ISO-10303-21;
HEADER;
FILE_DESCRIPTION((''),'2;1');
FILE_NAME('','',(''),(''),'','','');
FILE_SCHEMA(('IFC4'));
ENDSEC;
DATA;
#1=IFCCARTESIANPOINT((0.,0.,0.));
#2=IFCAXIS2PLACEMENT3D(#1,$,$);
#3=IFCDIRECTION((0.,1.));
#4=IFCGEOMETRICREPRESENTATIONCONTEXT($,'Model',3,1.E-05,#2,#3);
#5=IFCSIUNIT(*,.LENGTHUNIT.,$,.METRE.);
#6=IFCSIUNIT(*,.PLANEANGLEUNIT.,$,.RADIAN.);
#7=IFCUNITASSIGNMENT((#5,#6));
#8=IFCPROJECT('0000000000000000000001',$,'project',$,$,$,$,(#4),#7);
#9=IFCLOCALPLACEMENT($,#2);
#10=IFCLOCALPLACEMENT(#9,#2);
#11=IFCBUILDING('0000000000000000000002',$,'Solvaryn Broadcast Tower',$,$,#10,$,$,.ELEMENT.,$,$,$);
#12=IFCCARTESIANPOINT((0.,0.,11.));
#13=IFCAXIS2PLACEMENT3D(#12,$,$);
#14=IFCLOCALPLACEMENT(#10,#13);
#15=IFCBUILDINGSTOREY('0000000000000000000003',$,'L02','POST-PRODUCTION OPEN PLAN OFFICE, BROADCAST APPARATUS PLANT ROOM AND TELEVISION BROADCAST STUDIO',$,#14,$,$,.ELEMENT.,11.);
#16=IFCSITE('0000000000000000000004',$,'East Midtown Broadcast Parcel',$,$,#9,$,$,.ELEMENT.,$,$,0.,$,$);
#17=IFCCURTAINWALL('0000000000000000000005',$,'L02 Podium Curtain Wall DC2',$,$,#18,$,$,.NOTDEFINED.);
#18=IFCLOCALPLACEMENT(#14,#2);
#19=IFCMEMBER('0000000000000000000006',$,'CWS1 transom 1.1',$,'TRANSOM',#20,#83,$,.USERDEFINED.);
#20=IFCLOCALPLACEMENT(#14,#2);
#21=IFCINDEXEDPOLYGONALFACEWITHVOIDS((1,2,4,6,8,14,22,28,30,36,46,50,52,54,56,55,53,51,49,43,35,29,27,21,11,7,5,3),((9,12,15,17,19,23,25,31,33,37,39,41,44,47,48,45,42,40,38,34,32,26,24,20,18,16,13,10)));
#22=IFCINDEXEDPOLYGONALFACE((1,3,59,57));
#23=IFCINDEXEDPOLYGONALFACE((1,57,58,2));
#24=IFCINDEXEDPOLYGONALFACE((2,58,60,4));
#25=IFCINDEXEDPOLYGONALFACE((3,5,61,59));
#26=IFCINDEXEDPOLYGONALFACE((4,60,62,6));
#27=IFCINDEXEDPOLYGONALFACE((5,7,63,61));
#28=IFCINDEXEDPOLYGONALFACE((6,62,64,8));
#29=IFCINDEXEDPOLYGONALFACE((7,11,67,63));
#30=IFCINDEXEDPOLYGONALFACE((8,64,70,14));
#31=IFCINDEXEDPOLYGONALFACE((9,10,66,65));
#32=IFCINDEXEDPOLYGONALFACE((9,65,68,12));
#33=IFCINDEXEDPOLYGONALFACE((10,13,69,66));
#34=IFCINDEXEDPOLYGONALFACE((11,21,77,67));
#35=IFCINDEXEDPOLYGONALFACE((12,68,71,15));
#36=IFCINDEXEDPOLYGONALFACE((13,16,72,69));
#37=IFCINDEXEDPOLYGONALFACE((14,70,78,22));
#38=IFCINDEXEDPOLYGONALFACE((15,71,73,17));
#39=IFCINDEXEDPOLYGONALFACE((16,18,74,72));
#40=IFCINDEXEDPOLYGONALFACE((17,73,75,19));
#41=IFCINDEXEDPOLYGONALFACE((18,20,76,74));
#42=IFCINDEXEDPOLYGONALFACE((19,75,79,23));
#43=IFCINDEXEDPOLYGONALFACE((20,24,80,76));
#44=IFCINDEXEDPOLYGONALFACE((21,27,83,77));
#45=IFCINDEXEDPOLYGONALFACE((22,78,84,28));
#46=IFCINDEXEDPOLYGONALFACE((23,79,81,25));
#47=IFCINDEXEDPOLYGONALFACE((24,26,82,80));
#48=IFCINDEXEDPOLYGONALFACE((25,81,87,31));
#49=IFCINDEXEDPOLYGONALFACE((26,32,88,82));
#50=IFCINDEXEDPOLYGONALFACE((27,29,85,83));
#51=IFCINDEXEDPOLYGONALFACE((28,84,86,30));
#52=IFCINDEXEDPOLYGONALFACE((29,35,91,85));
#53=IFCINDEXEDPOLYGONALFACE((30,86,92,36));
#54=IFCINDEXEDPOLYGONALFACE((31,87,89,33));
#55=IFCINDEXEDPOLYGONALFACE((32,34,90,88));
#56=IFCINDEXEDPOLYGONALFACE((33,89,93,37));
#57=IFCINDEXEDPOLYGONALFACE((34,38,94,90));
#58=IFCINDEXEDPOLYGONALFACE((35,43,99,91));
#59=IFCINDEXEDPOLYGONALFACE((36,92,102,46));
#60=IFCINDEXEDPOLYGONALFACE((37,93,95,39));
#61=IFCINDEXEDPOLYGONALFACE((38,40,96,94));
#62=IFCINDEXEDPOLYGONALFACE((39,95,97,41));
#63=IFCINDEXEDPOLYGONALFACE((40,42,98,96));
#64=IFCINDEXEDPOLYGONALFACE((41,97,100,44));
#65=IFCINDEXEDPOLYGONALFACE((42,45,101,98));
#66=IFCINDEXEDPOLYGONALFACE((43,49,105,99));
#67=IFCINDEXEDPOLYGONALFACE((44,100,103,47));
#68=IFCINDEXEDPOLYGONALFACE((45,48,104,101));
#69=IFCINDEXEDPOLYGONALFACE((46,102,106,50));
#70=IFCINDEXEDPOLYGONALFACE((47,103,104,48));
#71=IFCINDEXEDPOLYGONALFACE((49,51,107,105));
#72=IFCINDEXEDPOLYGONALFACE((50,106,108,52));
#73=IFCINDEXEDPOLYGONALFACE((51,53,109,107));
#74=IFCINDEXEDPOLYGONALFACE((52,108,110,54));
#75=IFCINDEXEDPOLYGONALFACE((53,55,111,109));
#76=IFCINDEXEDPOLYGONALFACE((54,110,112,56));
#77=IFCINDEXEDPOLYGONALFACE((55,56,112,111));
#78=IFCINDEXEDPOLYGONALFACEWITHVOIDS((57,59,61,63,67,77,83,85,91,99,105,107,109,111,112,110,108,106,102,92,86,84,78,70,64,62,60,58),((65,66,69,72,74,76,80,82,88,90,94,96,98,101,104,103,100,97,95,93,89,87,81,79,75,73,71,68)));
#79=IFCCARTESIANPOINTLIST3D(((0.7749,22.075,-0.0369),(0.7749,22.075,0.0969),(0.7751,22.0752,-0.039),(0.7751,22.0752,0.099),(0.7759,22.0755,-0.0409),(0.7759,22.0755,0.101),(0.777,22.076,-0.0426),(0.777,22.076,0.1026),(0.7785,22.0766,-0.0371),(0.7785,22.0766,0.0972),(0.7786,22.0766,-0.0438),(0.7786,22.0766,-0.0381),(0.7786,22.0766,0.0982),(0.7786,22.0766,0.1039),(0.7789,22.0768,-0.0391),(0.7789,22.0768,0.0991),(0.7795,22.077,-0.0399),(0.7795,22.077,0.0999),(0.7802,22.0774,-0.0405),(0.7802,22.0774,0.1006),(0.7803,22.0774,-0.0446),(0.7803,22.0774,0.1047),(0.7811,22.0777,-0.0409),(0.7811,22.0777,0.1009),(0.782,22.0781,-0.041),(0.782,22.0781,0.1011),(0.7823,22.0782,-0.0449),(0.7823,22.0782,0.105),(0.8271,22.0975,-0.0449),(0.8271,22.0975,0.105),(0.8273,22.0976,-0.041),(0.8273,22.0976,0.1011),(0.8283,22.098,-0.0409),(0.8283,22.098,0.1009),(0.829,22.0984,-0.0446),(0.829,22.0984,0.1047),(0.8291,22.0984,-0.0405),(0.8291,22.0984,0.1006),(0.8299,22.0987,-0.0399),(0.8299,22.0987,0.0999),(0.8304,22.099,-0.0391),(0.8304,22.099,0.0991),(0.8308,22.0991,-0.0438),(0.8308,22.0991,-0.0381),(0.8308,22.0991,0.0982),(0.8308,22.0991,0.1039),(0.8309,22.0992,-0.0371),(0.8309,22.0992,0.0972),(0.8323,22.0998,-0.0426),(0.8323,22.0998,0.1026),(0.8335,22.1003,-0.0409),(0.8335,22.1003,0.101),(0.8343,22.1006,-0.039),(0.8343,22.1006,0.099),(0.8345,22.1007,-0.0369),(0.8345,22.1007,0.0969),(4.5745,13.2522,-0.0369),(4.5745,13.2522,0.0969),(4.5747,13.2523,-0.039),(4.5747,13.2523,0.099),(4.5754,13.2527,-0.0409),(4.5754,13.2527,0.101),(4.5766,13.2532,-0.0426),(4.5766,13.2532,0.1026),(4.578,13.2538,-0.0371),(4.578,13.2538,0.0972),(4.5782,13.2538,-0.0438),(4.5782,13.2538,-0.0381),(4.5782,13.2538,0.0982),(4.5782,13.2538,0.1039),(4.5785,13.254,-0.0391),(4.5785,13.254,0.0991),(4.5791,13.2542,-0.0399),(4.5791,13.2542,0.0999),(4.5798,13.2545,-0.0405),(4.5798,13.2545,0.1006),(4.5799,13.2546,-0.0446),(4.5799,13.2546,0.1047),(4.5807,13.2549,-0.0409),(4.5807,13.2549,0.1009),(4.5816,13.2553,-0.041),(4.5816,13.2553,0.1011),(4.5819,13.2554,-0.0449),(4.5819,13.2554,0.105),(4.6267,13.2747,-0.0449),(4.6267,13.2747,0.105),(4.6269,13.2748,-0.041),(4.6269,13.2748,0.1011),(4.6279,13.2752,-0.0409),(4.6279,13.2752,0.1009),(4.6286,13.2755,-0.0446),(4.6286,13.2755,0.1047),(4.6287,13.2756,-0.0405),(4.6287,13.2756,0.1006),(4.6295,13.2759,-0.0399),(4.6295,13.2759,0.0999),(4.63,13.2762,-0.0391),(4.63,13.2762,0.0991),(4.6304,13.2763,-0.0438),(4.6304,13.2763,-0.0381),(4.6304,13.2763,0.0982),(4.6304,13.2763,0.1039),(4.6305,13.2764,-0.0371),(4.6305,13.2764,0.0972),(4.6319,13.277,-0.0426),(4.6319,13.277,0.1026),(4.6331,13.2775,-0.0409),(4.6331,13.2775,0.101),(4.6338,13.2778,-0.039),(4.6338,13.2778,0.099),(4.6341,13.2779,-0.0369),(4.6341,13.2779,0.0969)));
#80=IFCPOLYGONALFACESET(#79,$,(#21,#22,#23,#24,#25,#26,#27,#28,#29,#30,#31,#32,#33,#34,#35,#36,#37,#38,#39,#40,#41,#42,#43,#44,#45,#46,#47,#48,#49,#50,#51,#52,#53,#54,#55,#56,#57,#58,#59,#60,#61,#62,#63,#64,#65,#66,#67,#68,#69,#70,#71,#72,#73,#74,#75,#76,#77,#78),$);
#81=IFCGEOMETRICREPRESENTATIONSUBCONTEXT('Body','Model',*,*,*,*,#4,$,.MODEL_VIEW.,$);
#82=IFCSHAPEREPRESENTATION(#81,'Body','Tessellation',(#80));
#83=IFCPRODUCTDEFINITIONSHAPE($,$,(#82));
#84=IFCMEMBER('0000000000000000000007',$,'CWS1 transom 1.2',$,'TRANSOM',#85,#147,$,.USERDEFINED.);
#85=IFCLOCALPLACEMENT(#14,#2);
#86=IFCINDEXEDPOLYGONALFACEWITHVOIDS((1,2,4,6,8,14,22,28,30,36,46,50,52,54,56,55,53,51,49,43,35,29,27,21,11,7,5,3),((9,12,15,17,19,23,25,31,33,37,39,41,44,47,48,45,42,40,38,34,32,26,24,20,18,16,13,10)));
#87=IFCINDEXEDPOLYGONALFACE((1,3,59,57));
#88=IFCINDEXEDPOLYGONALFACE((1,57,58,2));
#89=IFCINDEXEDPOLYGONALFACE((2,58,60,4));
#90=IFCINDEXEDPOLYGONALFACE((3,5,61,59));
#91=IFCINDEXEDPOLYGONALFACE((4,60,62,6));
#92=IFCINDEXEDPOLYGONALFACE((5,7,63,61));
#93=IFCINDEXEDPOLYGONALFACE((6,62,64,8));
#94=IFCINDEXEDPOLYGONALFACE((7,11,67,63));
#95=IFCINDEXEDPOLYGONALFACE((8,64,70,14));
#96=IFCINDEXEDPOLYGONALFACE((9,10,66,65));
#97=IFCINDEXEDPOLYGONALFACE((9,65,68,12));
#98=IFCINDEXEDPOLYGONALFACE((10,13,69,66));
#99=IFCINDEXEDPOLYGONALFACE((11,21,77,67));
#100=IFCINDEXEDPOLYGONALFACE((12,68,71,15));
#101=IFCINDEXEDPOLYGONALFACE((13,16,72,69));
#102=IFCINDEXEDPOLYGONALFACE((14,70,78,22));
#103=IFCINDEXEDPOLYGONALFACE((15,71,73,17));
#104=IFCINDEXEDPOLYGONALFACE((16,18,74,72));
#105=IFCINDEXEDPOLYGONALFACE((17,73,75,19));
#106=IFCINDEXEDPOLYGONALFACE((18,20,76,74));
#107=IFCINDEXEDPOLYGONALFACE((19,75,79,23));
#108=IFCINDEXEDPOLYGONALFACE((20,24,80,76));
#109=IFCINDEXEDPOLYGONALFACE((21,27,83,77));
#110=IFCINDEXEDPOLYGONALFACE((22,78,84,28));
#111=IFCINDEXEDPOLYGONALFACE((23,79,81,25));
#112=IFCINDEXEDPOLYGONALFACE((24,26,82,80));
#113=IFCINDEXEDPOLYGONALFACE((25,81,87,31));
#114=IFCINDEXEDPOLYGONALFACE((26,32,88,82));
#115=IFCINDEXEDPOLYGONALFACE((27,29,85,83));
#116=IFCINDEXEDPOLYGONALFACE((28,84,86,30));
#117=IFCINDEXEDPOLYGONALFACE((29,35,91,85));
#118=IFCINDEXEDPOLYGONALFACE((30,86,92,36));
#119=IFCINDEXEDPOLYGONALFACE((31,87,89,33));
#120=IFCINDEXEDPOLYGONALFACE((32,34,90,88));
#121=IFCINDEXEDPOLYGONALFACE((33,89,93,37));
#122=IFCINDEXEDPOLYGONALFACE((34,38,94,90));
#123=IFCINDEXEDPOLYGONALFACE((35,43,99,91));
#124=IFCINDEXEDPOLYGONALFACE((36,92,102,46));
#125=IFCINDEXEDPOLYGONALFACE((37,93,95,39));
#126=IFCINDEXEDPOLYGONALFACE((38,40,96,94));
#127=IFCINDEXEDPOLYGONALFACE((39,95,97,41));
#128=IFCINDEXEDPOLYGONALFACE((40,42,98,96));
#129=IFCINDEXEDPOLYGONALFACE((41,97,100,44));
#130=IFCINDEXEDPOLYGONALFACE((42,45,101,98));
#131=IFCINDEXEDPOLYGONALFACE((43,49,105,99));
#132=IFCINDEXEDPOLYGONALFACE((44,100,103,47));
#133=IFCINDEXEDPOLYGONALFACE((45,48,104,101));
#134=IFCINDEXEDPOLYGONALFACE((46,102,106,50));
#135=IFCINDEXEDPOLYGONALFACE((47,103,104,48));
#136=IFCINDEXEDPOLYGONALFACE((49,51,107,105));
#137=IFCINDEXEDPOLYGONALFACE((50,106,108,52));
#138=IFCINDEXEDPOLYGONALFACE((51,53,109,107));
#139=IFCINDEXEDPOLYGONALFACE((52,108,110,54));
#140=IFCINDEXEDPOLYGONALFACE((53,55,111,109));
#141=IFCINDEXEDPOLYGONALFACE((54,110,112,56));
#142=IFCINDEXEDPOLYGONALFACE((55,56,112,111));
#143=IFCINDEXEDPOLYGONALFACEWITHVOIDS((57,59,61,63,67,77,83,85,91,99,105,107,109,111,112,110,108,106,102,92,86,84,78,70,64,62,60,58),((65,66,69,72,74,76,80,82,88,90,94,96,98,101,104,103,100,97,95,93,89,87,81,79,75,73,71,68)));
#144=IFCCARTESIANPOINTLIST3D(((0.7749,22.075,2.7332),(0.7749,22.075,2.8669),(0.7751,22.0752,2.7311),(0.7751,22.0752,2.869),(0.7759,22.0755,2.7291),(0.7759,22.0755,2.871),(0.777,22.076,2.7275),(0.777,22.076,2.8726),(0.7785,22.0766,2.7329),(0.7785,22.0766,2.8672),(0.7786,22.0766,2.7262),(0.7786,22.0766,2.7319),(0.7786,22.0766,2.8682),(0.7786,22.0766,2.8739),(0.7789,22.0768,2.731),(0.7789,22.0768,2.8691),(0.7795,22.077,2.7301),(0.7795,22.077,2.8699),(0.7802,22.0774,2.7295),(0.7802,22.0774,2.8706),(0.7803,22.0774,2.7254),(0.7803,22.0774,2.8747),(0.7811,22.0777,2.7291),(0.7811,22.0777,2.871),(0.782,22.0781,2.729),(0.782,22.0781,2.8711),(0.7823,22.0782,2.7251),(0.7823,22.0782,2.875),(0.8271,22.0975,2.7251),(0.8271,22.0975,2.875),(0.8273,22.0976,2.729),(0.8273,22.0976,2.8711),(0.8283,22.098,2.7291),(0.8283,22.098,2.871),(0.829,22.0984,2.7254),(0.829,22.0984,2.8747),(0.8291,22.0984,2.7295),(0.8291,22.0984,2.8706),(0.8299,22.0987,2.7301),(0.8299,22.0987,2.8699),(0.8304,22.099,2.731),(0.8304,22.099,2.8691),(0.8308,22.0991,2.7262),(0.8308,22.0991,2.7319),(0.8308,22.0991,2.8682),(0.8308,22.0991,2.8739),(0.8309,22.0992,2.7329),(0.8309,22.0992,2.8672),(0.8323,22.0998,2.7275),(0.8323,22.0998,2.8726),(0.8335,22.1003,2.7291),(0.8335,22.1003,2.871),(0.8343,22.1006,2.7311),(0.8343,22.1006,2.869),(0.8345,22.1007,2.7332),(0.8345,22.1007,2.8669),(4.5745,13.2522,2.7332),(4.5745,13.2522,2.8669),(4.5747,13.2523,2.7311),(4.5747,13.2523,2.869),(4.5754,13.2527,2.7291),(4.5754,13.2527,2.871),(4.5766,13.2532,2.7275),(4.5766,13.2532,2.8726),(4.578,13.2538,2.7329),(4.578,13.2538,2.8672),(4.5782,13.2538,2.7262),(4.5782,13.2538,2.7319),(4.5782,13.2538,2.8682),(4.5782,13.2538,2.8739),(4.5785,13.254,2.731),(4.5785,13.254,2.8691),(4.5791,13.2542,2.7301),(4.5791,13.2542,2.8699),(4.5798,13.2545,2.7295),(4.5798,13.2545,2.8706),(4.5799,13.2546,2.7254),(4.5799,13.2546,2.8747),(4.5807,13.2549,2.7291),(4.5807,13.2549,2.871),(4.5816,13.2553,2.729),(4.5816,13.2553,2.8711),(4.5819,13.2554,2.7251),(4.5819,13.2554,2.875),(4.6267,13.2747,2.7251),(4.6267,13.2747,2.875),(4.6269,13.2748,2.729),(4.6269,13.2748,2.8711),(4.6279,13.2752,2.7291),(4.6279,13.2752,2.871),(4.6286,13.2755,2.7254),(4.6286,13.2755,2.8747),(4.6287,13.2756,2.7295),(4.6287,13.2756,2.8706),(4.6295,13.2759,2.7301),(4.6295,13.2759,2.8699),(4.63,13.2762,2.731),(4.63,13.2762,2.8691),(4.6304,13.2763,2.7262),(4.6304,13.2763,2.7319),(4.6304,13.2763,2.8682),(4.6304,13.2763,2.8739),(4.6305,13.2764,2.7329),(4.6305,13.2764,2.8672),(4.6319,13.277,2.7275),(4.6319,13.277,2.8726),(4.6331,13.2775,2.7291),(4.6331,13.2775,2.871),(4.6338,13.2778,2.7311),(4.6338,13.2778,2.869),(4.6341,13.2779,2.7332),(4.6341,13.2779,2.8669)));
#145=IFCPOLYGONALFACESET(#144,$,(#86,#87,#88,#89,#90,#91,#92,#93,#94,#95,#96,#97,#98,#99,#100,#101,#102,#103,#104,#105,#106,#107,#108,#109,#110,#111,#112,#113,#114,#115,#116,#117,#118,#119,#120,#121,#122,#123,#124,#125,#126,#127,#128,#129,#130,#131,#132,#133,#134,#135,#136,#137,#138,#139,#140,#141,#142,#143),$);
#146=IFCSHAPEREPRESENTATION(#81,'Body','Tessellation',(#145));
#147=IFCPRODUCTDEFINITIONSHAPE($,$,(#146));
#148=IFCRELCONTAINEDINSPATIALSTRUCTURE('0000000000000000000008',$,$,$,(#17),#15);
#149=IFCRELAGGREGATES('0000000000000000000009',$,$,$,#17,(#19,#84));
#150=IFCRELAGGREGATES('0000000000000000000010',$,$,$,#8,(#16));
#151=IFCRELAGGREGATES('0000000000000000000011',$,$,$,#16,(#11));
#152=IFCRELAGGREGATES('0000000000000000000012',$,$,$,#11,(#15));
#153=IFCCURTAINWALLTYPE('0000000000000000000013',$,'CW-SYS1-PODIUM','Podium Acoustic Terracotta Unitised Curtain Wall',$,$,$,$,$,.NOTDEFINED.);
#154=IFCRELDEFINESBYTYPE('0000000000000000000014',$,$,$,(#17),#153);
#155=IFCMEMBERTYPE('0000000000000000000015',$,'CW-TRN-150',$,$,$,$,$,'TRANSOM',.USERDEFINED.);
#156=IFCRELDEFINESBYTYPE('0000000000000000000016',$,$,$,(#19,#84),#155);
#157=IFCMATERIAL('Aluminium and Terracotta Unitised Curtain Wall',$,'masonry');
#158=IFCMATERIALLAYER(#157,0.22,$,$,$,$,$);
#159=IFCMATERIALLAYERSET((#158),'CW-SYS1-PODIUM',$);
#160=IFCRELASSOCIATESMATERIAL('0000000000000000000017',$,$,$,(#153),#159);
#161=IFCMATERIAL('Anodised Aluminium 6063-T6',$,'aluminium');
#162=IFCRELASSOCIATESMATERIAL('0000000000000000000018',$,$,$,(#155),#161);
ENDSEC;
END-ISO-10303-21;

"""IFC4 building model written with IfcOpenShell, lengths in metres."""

from ifc_helpers import new_model, si_unit, direction, frame, origin, origin_2d, place, context, subcontext, project, spatial, hollow_rectangle, extrude, material, layer, layer_set, material_profile, profile_set, type_object, element, aggregate, save


model = new_model("IFC4")

# Units and contexts
model_context = context("Model", 3, precision=1e-05, world=origin(), true_north=direction((0.0, 1.0)))
body_context = subcontext(model_context, "Body", "Model", "MODEL_VIEW")
ifc_project = project(units=[si_unit("LENGTHUNIT", "METRE"), si_unit("PLANEANGLEUNIT", "RADIAN")], contexts=[model_context])

# Site, building, storey
site_placement = place(None, origin())
site = spatial("IfcSite", under=ifc_project, at=site_placement, Name="East Midtown Broadcast Parcel", CompositionType="ELEMENT", RefElevation=0.0)
building_placement = place(site_placement, origin())
building = spatial("IfcBuilding", under=site, at=building_placement, Name="Solvaryn Broadcast Tower", CompositionType="ELEMENT")
storey_placement = place(building_placement, frame((0.0, 0.0, 11.0)))
storey = spatial("IfcBuildingStorey", under=building, at=storey_placement, Name="L02", Description="POST-PRODUCTION OPEN PLAN OFFICE, BROADCAST APPARATUS PLANT ROOM AND TELEVISION BROADCAST STUDIO", CompositionType="ELEMENT", Elevation=11.0)

# Shared definitions
ifc_material_1 = material(Name="Aluminium and Terracotta Unitised Curtain Wall", Category="masonry")
ifc_layer_1 = layer(ifc_material_1, 0.22)
ifc_layer_set_1 = layer_set([ifc_layer_1], Name="CW-SYS1-PODIUM")
curtain_wall_type = type_object("IfcCurtainWallType", Name="CW-SYS1-PODIUM", Description="Podium Acoustic Terracotta Unitised Curtain Wall", PredefinedType="NOTDEFINED", material=ifc_layer_set_1)

# Curtain wall
curtain_wall_1_placement = place(storey_placement, origin())
curtain_wall_1 = element("IfcCurtainWall", 1, at=curtain_wall_1_placement, inside=storey, type_object=curtain_wall_type, Name="L02 Podium Curtain Wall DC2", PredefinedType="NOTDEFINED")

# Members
ifc_material_2 = material(Name="Anodised Aluminium 6063-T6", Category="aluminium")
ifc_material_profile_1 = material_profile(ifc_material_2, hollow_rectangle(XDim=0.0649, YDim=0.1499, WallThickness=0.0039, InnerFilletRadius=0.0039, OuterFilletRadius=0.0081, at=origin_2d()))
ifc_profile_set_1 = profile_set([ifc_material_profile_1], Name="Anodised Aluminium 6063-T6")
member_type_1 = type_object("IfcMemberType", Name="CW-TRN-150", ElementType="TRANSOM", PredefinedType="USERDEFINED", material=ifc_profile_set_1)
member_1_placement = place(storey_placement, frame((0.8047, 22.0879, 0.03), z_axis=(0.395535, -0.918451, 0.0), x_axis=(0.918451, 0.395535, 0.0)))
member_1 = element("IfcMember", 2, at=member_1_placement, type_object=member_type_1, Name="CWS1 transom 1.1", ObjectType="TRANSOM", PredefinedType="USERDEFINED", context=body_context, shape_type="SweptSolid", body=[
    extrude(hollow_rectangle(XDim=0.0649, YDim=0.1499, WallThickness=0.0039, InnerFilletRadius=0.0039, OuterFilletRadius=0.0081, at=origin_2d()), origin(), (0.0, 0.0, 1.0), 9.6062),
])
member_2_placement = place(storey_placement, frame((0.8047, 22.0879, 2.8), z_axis=(0.395535, -0.918451, 0.0), x_axis=(0.918451, 0.395535, 0.0)))
member_2 = element("IfcMember", 3, at=member_2_placement, type_object=member_type_1, Name="CWS1 transom 1.2", ObjectType="TRANSOM", PredefinedType="USERDEFINED", context=body_context, shape_type="SweptSolid", body=[
    extrude(hollow_rectangle(XDim=0.0649, YDim=0.1499, WallThickness=0.0039, InnerFilletRadius=0.0039, OuterFilletRadius=0.0081, at=origin_2d()), origin(), (0.0, 0.0, 1.0), 9.6062),
])

aggregate(curtain_wall_1, [member_1, member_2])

save(model, "model.ifc")
